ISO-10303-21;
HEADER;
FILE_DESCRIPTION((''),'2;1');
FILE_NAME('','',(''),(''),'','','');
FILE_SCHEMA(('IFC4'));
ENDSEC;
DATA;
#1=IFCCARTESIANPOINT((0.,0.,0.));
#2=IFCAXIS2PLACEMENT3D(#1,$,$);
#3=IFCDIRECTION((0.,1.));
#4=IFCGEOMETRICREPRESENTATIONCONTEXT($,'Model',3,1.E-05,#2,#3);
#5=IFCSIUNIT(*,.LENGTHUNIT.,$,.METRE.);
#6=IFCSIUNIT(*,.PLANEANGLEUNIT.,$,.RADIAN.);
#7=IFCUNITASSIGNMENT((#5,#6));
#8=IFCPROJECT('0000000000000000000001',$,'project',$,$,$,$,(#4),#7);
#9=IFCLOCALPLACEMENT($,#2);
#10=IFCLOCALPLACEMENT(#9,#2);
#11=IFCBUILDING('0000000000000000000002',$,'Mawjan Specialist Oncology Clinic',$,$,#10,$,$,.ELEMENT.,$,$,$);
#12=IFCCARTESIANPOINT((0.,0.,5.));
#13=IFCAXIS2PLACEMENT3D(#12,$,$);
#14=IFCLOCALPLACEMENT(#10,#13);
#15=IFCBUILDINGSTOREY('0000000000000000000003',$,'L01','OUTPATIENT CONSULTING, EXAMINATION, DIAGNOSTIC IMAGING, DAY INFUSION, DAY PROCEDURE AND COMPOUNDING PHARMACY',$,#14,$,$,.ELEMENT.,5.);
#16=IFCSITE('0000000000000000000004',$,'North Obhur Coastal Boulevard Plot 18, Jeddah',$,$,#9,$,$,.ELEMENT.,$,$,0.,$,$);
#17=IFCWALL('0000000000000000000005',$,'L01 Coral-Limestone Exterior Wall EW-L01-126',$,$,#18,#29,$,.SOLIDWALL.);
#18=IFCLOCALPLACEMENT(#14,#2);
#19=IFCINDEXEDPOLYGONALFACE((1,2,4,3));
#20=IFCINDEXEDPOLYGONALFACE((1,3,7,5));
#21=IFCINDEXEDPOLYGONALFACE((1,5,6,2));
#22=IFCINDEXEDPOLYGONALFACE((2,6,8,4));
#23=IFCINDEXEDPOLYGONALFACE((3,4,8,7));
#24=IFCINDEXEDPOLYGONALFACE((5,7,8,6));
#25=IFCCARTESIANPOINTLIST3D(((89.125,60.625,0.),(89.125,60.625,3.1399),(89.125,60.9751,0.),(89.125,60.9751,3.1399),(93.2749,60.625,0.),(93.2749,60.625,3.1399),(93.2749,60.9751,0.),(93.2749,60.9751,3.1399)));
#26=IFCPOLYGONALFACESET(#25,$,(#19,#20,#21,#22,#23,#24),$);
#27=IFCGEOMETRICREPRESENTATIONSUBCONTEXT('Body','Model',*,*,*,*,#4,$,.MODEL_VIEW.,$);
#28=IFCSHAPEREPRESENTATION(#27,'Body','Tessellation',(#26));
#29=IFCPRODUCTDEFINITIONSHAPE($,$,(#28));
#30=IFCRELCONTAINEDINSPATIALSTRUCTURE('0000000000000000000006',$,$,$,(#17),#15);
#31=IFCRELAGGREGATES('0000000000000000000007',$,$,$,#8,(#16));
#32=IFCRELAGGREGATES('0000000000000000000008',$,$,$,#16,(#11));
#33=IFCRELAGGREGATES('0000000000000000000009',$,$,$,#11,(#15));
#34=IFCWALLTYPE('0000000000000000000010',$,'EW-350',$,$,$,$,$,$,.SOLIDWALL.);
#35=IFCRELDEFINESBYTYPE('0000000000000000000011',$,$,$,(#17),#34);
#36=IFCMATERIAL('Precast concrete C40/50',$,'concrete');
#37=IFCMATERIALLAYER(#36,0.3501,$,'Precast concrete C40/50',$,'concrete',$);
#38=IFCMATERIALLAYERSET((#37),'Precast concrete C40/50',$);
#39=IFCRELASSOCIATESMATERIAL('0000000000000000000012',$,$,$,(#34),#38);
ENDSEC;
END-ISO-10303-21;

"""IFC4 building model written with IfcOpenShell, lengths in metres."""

from ifc_helpers import new_model, si_unit, direction, frame, frame_2d, origin, place, context, subcontext, project, spatial, rectangle, extrude, material, layer, layer_set, type_object, element, save


model = new_model("IFC4")

# Units and contexts
model_context = context("Model", 3, precision=1e-05, world=origin(), true_north=direction((0.0, 1.0)))
body_context = subcontext(model_context, "Body", "Model", "MODEL_VIEW")
ifc_project = project(units=[si_unit("LENGTHUNIT", "METRE"), si_unit("PLANEANGLEUNIT", "RADIAN")], contexts=[model_context])

# Site, building, storey
site_placement = place(None, origin())
site = spatial("IfcSite", under=ifc_project, at=site_placement, Name="North Obhur Coastal Boulevard Plot 18, Jeddah", CompositionType="ELEMENT", RefElevation=0.0)
building_placement = place(site_placement, origin())
building = spatial("IfcBuilding", under=site, at=building_placement, Name="Mawjan Specialist Oncology Clinic", CompositionType="ELEMENT")
storey_placement = place(building_placement, frame((0.0, 0.0, 5.0)))
storey = spatial("IfcBuildingStorey", under=building, at=storey_placement, Name="L01", Description="OUTPATIENT CONSULTING, EXAMINATION, DIAGNOSTIC IMAGING, DAY INFUSION, DAY PROCEDURE AND COMPOUNDING PHARMACY", CompositionType="ELEMENT", Elevation=5.0)

# Wall
ifc_material_1 = material(Name="Precast concrete C40/50", Category="concrete")
ifc_layer_1 = layer(ifc_material_1, 0.3501, Name="Precast concrete C40/50", Category="concrete")
ifc_layer_set_1 = layer_set([ifc_layer_1], Name="Precast concrete C40/50")
wall_type = type_object("IfcWallType", Name="EW-350", PredefinedType="SOLIDWALL", material=ifc_layer_set_1)
wall_1_placement = place(storey_placement, frame((93.2749, 60.8, 0.0), z_axis=(0.0, 0.0, 1.0), x_axis=(-1.0, 0.0, 0.0)))
element("IfcWall", 1, at=wall_1_placement, inside=storey, type_object=wall_type, Name="L01 Coral-Limestone Exterior Wall EW-L01-126", PredefinedType="SOLIDWALL", context=body_context, shape_type="SweptSolid", body=[
    extrude(rectangle(XDim=4.1499, YDim=0.3501, at=frame_2d((2.075, 0.0))), origin(), (0.0, 0.0, 1.0), 3.1399),
])

save(model, "model.ifc")
